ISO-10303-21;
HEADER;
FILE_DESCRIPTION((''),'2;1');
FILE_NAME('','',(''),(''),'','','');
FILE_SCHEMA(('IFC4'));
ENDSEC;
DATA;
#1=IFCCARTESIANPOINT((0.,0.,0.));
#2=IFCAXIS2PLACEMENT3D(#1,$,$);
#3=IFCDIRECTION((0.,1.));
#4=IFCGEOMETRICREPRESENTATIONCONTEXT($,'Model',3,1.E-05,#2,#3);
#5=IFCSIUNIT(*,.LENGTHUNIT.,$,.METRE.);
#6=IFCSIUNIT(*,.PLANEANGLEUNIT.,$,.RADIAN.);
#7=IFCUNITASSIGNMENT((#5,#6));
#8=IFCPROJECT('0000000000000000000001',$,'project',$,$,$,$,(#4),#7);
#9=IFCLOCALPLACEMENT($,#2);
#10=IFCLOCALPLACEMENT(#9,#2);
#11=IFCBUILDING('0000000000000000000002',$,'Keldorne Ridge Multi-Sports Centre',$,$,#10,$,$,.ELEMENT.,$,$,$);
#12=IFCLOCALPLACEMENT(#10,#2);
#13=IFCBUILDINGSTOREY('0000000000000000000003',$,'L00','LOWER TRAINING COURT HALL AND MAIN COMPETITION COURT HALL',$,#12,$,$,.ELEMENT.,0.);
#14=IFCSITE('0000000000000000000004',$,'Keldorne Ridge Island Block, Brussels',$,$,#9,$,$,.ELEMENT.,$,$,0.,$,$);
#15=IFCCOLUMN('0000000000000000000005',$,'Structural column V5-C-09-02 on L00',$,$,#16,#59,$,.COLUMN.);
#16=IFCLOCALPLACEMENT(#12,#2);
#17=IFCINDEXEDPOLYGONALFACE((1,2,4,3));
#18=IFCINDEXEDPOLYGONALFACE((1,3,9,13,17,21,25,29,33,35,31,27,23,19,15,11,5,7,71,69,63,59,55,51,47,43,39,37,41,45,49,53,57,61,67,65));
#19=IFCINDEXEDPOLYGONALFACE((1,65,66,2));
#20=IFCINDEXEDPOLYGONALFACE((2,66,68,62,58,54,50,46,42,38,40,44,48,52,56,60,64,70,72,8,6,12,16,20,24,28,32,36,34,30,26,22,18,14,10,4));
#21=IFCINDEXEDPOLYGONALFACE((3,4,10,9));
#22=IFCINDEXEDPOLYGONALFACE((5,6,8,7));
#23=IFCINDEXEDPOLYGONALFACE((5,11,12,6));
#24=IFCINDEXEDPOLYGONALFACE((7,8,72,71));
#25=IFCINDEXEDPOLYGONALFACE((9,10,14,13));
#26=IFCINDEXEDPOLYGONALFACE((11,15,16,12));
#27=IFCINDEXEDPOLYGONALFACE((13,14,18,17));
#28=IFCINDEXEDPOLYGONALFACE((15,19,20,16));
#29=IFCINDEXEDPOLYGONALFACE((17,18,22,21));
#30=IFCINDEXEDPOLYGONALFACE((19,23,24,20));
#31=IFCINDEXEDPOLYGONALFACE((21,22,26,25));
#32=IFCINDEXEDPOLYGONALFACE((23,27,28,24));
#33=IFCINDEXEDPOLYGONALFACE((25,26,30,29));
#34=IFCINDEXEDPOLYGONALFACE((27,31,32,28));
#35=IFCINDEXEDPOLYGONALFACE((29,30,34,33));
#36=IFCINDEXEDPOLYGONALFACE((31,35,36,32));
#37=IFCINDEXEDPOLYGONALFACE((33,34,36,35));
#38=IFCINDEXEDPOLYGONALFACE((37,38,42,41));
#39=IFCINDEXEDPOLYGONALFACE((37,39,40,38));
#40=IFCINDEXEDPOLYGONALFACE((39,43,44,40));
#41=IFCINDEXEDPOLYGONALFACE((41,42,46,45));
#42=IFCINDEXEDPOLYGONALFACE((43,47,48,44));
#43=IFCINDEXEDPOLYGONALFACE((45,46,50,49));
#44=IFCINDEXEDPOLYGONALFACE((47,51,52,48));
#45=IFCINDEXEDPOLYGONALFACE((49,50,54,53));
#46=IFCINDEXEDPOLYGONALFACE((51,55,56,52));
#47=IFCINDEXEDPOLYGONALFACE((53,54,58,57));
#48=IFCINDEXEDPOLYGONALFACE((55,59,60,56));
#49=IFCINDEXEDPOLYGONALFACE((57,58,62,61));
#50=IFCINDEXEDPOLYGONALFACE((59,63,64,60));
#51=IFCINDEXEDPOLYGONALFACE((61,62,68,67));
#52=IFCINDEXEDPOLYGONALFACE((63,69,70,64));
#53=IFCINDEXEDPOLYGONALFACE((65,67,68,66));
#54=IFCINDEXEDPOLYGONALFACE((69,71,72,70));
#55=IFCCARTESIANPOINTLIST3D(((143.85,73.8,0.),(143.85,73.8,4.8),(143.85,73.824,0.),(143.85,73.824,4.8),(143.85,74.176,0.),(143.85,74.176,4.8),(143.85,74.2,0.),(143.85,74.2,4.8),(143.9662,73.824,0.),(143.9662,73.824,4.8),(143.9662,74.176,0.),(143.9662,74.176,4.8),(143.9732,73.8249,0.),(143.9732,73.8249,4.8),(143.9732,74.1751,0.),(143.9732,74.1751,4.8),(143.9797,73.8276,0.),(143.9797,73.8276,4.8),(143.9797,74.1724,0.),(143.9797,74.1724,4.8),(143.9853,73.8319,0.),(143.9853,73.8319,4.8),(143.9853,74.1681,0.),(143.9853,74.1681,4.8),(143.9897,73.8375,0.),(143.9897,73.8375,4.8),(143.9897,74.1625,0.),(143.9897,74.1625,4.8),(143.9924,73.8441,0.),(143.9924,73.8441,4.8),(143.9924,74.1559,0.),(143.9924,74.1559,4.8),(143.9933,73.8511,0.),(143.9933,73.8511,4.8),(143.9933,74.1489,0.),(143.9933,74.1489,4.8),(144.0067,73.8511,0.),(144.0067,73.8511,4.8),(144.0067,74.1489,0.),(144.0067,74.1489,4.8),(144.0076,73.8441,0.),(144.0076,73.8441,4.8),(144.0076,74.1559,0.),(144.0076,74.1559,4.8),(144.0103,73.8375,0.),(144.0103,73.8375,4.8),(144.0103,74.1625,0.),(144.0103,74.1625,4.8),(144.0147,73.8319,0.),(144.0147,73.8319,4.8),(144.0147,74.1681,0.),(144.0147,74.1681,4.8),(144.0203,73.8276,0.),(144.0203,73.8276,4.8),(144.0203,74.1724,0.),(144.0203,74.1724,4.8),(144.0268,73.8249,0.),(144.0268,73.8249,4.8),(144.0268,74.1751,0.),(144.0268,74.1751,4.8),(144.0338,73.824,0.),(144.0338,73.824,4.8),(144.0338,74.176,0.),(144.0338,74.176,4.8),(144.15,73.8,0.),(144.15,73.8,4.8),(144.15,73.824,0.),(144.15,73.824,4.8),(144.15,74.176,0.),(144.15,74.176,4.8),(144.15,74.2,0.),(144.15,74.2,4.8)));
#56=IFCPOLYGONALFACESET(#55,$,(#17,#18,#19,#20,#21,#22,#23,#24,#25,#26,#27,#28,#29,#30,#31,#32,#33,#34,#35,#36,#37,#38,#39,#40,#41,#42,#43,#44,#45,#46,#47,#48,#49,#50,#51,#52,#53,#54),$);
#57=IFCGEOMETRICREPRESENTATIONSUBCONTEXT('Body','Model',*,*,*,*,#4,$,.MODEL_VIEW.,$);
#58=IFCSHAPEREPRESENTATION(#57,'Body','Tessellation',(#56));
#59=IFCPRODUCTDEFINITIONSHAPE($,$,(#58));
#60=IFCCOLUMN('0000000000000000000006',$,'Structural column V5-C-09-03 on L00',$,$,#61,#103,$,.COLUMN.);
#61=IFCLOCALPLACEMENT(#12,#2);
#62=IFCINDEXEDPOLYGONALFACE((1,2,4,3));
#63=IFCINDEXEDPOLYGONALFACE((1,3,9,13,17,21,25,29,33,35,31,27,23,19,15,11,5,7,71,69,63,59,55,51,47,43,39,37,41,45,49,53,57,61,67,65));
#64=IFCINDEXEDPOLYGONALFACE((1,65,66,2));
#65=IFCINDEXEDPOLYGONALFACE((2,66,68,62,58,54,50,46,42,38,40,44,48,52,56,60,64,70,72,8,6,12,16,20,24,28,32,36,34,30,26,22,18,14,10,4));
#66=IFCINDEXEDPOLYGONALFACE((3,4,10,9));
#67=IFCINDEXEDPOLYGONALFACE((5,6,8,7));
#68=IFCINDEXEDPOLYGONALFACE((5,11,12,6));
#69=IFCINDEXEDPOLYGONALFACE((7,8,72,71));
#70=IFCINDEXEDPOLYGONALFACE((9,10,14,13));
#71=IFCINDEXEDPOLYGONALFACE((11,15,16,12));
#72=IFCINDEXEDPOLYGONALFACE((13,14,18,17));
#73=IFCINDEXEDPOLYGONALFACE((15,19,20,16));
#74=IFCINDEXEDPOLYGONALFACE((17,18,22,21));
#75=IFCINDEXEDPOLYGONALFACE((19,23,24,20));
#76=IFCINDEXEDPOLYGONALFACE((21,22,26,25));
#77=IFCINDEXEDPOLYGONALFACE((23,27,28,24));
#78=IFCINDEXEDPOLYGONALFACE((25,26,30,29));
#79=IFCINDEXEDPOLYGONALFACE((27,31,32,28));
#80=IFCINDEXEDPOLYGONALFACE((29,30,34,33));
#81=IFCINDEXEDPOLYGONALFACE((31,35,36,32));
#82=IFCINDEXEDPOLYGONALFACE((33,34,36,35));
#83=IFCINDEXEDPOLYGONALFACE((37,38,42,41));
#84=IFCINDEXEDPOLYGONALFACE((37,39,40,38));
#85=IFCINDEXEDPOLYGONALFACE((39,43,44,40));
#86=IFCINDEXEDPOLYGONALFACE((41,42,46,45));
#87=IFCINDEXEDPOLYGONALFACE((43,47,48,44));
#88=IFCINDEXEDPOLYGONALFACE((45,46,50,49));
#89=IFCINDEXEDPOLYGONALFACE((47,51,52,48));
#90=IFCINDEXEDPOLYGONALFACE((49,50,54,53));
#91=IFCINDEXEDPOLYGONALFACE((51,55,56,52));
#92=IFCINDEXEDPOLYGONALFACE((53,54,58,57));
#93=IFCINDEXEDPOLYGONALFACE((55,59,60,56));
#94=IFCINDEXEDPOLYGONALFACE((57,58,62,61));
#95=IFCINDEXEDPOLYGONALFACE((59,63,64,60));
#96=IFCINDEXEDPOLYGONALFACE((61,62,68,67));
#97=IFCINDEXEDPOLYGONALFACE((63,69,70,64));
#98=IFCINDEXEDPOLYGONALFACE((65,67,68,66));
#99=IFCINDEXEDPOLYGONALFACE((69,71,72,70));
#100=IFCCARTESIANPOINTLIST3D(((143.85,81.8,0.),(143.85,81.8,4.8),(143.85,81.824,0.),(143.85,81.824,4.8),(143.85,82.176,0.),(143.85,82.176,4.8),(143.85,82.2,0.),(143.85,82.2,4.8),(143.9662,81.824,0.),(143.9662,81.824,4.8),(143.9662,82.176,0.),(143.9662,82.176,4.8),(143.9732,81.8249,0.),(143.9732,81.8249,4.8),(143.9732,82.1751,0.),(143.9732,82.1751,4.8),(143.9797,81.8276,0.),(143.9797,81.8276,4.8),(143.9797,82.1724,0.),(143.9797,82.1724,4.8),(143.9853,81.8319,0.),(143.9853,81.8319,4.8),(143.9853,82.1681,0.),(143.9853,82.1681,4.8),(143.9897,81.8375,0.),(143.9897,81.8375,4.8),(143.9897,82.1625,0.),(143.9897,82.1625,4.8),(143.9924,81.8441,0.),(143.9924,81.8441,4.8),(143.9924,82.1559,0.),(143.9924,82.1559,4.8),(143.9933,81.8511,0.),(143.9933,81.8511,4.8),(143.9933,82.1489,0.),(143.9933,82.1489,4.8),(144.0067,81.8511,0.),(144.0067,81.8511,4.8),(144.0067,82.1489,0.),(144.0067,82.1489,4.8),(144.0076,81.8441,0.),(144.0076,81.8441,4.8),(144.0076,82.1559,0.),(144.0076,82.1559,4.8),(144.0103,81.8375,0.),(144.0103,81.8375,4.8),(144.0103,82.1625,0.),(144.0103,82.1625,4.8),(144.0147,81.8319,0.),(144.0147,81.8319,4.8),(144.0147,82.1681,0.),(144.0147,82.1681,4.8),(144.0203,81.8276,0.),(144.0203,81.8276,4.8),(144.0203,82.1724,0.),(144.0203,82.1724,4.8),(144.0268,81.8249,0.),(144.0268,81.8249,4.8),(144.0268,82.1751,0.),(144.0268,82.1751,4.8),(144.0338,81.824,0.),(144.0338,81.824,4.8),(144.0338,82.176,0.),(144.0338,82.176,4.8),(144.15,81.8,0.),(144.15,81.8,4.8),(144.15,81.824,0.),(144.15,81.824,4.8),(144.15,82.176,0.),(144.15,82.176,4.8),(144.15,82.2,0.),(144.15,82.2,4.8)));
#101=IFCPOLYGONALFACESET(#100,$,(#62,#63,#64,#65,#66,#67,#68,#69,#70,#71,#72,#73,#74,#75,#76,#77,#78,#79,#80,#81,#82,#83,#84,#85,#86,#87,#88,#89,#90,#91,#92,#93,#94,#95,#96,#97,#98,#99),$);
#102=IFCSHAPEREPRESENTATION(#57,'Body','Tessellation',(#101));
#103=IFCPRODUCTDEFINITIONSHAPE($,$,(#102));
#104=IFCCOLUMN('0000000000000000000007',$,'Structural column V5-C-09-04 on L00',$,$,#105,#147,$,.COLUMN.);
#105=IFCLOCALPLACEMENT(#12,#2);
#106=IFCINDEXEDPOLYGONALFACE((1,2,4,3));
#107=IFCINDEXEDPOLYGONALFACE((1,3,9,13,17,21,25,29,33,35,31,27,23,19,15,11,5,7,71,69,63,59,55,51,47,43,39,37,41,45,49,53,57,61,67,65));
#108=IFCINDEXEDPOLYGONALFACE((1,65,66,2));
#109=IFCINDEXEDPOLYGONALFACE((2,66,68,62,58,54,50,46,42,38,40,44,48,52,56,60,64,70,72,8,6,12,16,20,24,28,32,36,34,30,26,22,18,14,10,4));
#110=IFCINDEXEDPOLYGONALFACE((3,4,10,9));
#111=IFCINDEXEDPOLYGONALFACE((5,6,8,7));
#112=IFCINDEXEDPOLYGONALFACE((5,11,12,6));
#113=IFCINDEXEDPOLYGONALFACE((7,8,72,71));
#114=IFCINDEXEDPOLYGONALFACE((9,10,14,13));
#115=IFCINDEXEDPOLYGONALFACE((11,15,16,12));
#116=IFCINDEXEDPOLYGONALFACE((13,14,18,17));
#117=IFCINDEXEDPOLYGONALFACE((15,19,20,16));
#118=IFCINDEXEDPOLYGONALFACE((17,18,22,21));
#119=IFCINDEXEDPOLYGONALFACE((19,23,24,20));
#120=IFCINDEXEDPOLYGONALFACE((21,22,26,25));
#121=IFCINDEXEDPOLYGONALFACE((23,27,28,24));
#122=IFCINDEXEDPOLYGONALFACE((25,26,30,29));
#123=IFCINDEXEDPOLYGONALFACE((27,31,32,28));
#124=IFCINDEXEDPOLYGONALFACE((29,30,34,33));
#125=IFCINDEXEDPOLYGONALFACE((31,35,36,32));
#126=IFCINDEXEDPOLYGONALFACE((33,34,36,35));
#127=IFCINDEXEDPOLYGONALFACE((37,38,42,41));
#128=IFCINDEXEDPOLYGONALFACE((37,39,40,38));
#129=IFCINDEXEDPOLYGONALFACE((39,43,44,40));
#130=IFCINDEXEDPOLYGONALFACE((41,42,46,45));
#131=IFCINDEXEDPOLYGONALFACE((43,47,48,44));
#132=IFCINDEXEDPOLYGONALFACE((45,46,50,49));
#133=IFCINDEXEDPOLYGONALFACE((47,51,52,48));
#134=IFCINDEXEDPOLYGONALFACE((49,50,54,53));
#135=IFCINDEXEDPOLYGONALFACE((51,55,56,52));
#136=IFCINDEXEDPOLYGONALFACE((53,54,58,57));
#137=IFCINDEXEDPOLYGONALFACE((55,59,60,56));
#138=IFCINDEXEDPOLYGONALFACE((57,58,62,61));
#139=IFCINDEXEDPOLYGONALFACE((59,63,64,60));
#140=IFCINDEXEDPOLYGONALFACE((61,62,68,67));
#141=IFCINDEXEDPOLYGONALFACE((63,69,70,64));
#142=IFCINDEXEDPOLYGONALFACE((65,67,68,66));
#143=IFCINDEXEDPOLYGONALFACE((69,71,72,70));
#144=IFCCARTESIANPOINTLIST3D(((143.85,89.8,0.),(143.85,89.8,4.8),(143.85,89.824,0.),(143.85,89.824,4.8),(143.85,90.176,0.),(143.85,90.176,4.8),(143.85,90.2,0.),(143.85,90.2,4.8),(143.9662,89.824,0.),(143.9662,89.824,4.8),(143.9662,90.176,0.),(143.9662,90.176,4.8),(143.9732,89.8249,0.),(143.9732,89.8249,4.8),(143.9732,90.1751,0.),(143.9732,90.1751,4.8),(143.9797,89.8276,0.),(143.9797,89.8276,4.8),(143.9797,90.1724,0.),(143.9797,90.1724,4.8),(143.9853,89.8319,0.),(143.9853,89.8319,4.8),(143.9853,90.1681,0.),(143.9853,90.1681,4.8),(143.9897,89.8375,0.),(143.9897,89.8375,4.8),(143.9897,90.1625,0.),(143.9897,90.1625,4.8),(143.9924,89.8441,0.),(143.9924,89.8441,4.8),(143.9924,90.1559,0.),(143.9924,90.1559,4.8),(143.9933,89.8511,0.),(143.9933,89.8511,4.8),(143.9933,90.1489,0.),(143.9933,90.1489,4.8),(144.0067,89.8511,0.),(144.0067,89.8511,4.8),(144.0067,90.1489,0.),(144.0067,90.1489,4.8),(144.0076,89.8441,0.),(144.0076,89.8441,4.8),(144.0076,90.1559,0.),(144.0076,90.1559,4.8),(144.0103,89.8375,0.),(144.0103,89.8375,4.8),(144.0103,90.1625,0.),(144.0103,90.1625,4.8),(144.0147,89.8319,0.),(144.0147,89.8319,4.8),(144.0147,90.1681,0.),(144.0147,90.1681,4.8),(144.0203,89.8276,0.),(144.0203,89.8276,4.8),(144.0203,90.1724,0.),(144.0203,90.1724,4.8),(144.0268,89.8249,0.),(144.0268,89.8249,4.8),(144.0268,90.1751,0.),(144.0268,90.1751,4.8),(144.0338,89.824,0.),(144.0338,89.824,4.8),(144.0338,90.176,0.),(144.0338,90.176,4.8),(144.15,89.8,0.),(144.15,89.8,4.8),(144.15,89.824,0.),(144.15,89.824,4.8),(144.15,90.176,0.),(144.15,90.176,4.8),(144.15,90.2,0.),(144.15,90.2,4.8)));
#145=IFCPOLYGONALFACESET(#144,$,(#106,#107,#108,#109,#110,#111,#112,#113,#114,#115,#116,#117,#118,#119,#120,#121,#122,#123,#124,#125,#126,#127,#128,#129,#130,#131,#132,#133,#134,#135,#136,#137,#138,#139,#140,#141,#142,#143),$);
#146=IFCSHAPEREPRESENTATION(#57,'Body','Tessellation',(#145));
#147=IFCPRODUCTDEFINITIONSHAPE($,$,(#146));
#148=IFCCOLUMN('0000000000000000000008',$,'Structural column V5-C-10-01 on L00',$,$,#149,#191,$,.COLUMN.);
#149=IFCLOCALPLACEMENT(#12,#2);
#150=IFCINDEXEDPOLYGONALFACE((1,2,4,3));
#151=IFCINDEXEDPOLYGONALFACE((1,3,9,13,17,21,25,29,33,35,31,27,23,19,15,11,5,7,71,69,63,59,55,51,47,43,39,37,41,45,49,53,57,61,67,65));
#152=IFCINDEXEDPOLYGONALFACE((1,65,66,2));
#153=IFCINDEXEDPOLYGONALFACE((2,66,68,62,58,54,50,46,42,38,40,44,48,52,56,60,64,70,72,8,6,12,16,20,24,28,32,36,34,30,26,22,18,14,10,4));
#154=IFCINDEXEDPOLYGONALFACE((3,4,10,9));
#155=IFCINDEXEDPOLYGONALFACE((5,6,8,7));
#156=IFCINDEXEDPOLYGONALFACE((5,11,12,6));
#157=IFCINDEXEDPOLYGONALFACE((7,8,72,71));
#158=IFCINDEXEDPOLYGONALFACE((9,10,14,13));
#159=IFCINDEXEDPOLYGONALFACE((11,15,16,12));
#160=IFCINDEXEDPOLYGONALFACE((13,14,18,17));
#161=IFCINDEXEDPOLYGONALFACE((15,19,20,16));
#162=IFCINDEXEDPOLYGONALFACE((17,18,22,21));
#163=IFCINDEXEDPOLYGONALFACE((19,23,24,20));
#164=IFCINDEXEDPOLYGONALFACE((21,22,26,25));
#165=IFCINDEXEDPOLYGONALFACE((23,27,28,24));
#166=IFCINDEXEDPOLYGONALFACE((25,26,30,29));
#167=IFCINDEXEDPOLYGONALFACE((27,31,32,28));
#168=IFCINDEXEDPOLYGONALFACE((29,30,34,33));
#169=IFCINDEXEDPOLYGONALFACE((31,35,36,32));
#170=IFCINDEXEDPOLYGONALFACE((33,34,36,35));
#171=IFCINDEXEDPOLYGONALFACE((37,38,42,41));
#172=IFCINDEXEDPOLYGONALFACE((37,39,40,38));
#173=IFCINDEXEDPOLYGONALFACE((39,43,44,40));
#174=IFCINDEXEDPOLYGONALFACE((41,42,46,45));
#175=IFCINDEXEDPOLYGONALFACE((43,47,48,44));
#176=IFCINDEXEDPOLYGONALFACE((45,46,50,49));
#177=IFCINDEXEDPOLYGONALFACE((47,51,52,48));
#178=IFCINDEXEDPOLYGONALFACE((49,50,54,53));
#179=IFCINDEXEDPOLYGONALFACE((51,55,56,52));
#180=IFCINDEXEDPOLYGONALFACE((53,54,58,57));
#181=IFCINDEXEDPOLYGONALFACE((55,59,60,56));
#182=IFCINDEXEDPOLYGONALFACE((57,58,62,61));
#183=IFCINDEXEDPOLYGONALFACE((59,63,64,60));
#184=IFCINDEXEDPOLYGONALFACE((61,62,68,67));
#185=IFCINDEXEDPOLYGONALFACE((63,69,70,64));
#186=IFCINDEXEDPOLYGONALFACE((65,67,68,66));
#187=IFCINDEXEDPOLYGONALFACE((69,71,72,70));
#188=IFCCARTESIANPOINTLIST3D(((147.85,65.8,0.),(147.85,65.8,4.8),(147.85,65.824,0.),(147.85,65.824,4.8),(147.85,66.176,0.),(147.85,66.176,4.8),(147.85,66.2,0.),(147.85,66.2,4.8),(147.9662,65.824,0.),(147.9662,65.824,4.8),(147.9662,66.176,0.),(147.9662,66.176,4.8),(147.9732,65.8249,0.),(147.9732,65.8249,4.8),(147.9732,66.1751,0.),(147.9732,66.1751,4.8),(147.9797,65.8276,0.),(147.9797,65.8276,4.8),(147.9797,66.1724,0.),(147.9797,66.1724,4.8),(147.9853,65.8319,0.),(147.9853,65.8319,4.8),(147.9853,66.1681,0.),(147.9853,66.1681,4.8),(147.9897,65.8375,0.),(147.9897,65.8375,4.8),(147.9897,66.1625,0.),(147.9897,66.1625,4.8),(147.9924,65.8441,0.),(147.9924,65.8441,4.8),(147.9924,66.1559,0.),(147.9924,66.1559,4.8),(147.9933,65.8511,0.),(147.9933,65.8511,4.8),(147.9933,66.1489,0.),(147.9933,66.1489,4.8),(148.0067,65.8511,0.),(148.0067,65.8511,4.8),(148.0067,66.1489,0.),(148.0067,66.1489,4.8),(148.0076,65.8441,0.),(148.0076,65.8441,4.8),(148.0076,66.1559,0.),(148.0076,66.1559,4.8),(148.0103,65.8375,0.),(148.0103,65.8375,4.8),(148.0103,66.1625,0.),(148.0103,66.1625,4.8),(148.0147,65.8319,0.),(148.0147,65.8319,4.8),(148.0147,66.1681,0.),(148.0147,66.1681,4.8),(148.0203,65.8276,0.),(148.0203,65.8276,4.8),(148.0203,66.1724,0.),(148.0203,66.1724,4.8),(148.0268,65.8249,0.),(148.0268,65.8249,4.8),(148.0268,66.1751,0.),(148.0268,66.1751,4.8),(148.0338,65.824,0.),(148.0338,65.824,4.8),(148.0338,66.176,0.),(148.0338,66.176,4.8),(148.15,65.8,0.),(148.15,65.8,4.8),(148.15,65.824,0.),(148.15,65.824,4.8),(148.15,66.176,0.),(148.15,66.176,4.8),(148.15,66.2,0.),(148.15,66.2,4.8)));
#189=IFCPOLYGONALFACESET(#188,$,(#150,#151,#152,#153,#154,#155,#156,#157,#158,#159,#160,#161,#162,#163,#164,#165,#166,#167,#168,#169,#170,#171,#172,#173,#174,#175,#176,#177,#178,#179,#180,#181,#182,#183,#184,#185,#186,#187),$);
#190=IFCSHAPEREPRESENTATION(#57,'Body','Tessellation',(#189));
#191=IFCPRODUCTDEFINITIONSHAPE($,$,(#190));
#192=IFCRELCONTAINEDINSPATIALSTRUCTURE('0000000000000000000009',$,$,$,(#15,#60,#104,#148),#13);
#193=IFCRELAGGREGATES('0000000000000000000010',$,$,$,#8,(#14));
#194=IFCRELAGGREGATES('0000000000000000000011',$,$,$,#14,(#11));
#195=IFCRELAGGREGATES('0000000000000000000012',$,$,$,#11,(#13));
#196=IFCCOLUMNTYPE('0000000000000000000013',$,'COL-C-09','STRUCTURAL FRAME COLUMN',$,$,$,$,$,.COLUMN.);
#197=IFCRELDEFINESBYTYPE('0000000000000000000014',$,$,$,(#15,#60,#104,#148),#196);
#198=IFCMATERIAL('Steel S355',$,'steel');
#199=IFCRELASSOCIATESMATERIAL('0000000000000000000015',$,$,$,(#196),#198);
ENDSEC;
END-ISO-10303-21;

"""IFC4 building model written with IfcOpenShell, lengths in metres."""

from ifc_helpers import new_model, si_unit, direction, frame, origin, origin_2d, place, context, subcontext, project, spatial, i_section, extrude, material, material_profile, profile_set, type_object, element, save


model = new_model("IFC4")

# Units and contexts
model_context = context("Model", 3, precision=1e-05, world=origin(), true_north=direction((0.0, 1.0)))
body_context = subcontext(model_context, "Body", "Model", "MODEL_VIEW")
ifc_project = project(units=[si_unit("LENGTHUNIT", "METRE"), si_unit("PLANEANGLEUNIT", "RADIAN")], contexts=[model_context])

# Site, building, storey
site_placement = place(None, origin())
site = spatial("IfcSite", under=ifc_project, at=site_placement, Name="Keldorne Ridge Island Block, Brussels", CompositionType="ELEMENT", RefElevation=0.0)
building_placement = place(site_placement, origin())
building = spatial("IfcBuilding", under=site, at=building_placement, Name="Keldorne Ridge Multi-Sports Centre", CompositionType="ELEMENT")
storey_placement = place(building_placement, origin())
storey = spatial("IfcBuildingStorey", under=building, at=storey_placement, Name="L00", Description="LOWER TRAINING COURT HALL AND MAIN COMPETITION COURT HALL", CompositionType="ELEMENT", Elevation=0.0)

# Columns
ifc_material_1 = material(Name="Steel S355", Category="steel")
ifc_material_profile_1 = material_profile(ifc_material_1, i_section(OverallWidth=0.3, OverallDepth=0.3999, WebThickness=0.0134, FlangeThickness=0.0239, FilletRadius=0.0271, at=origin_2d()), Name="HEB 400")
ifc_profile_set_1 = profile_set([ifc_material_profile_1], Name="Steel S355")
column_type = type_object("IfcColumnType", Name="COL-C-09", Description="STRUCTURAL FRAME COLUMN", PredefinedType="COLUMN", material=ifc_profile_set_1)
for number, where, z_axis, x_axis, name in (
    (1, (144.0, 74.0, 0.0), (0.0, 0.0, 1.0), (1.0, 0.0, 0.0), "Structural column V5-C-09-02 on L00"),
    (2, (144.0, 82.0, 0.0), (0.0, 0.0, 1.0), (1.0, 0.0, 0.0), "Structural column V5-C-09-03 on L00"),
    (3, (144.0, 90.0, 0.0), (0.0, 0.0, 1.0), (1.0, 0.0, 0.0), "Structural column V5-C-09-04 on L00"),
    (4, (148.0, 66.0, 0.0), (0.0, 0.0, 1.0), (1.0, 0.0, 0.0), "Structural column V5-C-10-01 on L00"),
):
    element("IfcColumn", number, at=place(storey_placement, frame(where, z_axis=z_axis, x_axis=x_axis)), inside=storey, type_object=column_type, Name=name, PredefinedType="COLUMN", context=body_context, shape_type="SweptSolid", body=[
        extrude(i_section(OverallWidth=0.3, OverallDepth=0.3999, WebThickness=0.0134, FlangeThickness=0.0239, FilletRadius=0.0271, at=origin_2d()), origin(), (0.0, 0.0, 1.0), 4.8),
    ])

save(model, "model.ifc")
